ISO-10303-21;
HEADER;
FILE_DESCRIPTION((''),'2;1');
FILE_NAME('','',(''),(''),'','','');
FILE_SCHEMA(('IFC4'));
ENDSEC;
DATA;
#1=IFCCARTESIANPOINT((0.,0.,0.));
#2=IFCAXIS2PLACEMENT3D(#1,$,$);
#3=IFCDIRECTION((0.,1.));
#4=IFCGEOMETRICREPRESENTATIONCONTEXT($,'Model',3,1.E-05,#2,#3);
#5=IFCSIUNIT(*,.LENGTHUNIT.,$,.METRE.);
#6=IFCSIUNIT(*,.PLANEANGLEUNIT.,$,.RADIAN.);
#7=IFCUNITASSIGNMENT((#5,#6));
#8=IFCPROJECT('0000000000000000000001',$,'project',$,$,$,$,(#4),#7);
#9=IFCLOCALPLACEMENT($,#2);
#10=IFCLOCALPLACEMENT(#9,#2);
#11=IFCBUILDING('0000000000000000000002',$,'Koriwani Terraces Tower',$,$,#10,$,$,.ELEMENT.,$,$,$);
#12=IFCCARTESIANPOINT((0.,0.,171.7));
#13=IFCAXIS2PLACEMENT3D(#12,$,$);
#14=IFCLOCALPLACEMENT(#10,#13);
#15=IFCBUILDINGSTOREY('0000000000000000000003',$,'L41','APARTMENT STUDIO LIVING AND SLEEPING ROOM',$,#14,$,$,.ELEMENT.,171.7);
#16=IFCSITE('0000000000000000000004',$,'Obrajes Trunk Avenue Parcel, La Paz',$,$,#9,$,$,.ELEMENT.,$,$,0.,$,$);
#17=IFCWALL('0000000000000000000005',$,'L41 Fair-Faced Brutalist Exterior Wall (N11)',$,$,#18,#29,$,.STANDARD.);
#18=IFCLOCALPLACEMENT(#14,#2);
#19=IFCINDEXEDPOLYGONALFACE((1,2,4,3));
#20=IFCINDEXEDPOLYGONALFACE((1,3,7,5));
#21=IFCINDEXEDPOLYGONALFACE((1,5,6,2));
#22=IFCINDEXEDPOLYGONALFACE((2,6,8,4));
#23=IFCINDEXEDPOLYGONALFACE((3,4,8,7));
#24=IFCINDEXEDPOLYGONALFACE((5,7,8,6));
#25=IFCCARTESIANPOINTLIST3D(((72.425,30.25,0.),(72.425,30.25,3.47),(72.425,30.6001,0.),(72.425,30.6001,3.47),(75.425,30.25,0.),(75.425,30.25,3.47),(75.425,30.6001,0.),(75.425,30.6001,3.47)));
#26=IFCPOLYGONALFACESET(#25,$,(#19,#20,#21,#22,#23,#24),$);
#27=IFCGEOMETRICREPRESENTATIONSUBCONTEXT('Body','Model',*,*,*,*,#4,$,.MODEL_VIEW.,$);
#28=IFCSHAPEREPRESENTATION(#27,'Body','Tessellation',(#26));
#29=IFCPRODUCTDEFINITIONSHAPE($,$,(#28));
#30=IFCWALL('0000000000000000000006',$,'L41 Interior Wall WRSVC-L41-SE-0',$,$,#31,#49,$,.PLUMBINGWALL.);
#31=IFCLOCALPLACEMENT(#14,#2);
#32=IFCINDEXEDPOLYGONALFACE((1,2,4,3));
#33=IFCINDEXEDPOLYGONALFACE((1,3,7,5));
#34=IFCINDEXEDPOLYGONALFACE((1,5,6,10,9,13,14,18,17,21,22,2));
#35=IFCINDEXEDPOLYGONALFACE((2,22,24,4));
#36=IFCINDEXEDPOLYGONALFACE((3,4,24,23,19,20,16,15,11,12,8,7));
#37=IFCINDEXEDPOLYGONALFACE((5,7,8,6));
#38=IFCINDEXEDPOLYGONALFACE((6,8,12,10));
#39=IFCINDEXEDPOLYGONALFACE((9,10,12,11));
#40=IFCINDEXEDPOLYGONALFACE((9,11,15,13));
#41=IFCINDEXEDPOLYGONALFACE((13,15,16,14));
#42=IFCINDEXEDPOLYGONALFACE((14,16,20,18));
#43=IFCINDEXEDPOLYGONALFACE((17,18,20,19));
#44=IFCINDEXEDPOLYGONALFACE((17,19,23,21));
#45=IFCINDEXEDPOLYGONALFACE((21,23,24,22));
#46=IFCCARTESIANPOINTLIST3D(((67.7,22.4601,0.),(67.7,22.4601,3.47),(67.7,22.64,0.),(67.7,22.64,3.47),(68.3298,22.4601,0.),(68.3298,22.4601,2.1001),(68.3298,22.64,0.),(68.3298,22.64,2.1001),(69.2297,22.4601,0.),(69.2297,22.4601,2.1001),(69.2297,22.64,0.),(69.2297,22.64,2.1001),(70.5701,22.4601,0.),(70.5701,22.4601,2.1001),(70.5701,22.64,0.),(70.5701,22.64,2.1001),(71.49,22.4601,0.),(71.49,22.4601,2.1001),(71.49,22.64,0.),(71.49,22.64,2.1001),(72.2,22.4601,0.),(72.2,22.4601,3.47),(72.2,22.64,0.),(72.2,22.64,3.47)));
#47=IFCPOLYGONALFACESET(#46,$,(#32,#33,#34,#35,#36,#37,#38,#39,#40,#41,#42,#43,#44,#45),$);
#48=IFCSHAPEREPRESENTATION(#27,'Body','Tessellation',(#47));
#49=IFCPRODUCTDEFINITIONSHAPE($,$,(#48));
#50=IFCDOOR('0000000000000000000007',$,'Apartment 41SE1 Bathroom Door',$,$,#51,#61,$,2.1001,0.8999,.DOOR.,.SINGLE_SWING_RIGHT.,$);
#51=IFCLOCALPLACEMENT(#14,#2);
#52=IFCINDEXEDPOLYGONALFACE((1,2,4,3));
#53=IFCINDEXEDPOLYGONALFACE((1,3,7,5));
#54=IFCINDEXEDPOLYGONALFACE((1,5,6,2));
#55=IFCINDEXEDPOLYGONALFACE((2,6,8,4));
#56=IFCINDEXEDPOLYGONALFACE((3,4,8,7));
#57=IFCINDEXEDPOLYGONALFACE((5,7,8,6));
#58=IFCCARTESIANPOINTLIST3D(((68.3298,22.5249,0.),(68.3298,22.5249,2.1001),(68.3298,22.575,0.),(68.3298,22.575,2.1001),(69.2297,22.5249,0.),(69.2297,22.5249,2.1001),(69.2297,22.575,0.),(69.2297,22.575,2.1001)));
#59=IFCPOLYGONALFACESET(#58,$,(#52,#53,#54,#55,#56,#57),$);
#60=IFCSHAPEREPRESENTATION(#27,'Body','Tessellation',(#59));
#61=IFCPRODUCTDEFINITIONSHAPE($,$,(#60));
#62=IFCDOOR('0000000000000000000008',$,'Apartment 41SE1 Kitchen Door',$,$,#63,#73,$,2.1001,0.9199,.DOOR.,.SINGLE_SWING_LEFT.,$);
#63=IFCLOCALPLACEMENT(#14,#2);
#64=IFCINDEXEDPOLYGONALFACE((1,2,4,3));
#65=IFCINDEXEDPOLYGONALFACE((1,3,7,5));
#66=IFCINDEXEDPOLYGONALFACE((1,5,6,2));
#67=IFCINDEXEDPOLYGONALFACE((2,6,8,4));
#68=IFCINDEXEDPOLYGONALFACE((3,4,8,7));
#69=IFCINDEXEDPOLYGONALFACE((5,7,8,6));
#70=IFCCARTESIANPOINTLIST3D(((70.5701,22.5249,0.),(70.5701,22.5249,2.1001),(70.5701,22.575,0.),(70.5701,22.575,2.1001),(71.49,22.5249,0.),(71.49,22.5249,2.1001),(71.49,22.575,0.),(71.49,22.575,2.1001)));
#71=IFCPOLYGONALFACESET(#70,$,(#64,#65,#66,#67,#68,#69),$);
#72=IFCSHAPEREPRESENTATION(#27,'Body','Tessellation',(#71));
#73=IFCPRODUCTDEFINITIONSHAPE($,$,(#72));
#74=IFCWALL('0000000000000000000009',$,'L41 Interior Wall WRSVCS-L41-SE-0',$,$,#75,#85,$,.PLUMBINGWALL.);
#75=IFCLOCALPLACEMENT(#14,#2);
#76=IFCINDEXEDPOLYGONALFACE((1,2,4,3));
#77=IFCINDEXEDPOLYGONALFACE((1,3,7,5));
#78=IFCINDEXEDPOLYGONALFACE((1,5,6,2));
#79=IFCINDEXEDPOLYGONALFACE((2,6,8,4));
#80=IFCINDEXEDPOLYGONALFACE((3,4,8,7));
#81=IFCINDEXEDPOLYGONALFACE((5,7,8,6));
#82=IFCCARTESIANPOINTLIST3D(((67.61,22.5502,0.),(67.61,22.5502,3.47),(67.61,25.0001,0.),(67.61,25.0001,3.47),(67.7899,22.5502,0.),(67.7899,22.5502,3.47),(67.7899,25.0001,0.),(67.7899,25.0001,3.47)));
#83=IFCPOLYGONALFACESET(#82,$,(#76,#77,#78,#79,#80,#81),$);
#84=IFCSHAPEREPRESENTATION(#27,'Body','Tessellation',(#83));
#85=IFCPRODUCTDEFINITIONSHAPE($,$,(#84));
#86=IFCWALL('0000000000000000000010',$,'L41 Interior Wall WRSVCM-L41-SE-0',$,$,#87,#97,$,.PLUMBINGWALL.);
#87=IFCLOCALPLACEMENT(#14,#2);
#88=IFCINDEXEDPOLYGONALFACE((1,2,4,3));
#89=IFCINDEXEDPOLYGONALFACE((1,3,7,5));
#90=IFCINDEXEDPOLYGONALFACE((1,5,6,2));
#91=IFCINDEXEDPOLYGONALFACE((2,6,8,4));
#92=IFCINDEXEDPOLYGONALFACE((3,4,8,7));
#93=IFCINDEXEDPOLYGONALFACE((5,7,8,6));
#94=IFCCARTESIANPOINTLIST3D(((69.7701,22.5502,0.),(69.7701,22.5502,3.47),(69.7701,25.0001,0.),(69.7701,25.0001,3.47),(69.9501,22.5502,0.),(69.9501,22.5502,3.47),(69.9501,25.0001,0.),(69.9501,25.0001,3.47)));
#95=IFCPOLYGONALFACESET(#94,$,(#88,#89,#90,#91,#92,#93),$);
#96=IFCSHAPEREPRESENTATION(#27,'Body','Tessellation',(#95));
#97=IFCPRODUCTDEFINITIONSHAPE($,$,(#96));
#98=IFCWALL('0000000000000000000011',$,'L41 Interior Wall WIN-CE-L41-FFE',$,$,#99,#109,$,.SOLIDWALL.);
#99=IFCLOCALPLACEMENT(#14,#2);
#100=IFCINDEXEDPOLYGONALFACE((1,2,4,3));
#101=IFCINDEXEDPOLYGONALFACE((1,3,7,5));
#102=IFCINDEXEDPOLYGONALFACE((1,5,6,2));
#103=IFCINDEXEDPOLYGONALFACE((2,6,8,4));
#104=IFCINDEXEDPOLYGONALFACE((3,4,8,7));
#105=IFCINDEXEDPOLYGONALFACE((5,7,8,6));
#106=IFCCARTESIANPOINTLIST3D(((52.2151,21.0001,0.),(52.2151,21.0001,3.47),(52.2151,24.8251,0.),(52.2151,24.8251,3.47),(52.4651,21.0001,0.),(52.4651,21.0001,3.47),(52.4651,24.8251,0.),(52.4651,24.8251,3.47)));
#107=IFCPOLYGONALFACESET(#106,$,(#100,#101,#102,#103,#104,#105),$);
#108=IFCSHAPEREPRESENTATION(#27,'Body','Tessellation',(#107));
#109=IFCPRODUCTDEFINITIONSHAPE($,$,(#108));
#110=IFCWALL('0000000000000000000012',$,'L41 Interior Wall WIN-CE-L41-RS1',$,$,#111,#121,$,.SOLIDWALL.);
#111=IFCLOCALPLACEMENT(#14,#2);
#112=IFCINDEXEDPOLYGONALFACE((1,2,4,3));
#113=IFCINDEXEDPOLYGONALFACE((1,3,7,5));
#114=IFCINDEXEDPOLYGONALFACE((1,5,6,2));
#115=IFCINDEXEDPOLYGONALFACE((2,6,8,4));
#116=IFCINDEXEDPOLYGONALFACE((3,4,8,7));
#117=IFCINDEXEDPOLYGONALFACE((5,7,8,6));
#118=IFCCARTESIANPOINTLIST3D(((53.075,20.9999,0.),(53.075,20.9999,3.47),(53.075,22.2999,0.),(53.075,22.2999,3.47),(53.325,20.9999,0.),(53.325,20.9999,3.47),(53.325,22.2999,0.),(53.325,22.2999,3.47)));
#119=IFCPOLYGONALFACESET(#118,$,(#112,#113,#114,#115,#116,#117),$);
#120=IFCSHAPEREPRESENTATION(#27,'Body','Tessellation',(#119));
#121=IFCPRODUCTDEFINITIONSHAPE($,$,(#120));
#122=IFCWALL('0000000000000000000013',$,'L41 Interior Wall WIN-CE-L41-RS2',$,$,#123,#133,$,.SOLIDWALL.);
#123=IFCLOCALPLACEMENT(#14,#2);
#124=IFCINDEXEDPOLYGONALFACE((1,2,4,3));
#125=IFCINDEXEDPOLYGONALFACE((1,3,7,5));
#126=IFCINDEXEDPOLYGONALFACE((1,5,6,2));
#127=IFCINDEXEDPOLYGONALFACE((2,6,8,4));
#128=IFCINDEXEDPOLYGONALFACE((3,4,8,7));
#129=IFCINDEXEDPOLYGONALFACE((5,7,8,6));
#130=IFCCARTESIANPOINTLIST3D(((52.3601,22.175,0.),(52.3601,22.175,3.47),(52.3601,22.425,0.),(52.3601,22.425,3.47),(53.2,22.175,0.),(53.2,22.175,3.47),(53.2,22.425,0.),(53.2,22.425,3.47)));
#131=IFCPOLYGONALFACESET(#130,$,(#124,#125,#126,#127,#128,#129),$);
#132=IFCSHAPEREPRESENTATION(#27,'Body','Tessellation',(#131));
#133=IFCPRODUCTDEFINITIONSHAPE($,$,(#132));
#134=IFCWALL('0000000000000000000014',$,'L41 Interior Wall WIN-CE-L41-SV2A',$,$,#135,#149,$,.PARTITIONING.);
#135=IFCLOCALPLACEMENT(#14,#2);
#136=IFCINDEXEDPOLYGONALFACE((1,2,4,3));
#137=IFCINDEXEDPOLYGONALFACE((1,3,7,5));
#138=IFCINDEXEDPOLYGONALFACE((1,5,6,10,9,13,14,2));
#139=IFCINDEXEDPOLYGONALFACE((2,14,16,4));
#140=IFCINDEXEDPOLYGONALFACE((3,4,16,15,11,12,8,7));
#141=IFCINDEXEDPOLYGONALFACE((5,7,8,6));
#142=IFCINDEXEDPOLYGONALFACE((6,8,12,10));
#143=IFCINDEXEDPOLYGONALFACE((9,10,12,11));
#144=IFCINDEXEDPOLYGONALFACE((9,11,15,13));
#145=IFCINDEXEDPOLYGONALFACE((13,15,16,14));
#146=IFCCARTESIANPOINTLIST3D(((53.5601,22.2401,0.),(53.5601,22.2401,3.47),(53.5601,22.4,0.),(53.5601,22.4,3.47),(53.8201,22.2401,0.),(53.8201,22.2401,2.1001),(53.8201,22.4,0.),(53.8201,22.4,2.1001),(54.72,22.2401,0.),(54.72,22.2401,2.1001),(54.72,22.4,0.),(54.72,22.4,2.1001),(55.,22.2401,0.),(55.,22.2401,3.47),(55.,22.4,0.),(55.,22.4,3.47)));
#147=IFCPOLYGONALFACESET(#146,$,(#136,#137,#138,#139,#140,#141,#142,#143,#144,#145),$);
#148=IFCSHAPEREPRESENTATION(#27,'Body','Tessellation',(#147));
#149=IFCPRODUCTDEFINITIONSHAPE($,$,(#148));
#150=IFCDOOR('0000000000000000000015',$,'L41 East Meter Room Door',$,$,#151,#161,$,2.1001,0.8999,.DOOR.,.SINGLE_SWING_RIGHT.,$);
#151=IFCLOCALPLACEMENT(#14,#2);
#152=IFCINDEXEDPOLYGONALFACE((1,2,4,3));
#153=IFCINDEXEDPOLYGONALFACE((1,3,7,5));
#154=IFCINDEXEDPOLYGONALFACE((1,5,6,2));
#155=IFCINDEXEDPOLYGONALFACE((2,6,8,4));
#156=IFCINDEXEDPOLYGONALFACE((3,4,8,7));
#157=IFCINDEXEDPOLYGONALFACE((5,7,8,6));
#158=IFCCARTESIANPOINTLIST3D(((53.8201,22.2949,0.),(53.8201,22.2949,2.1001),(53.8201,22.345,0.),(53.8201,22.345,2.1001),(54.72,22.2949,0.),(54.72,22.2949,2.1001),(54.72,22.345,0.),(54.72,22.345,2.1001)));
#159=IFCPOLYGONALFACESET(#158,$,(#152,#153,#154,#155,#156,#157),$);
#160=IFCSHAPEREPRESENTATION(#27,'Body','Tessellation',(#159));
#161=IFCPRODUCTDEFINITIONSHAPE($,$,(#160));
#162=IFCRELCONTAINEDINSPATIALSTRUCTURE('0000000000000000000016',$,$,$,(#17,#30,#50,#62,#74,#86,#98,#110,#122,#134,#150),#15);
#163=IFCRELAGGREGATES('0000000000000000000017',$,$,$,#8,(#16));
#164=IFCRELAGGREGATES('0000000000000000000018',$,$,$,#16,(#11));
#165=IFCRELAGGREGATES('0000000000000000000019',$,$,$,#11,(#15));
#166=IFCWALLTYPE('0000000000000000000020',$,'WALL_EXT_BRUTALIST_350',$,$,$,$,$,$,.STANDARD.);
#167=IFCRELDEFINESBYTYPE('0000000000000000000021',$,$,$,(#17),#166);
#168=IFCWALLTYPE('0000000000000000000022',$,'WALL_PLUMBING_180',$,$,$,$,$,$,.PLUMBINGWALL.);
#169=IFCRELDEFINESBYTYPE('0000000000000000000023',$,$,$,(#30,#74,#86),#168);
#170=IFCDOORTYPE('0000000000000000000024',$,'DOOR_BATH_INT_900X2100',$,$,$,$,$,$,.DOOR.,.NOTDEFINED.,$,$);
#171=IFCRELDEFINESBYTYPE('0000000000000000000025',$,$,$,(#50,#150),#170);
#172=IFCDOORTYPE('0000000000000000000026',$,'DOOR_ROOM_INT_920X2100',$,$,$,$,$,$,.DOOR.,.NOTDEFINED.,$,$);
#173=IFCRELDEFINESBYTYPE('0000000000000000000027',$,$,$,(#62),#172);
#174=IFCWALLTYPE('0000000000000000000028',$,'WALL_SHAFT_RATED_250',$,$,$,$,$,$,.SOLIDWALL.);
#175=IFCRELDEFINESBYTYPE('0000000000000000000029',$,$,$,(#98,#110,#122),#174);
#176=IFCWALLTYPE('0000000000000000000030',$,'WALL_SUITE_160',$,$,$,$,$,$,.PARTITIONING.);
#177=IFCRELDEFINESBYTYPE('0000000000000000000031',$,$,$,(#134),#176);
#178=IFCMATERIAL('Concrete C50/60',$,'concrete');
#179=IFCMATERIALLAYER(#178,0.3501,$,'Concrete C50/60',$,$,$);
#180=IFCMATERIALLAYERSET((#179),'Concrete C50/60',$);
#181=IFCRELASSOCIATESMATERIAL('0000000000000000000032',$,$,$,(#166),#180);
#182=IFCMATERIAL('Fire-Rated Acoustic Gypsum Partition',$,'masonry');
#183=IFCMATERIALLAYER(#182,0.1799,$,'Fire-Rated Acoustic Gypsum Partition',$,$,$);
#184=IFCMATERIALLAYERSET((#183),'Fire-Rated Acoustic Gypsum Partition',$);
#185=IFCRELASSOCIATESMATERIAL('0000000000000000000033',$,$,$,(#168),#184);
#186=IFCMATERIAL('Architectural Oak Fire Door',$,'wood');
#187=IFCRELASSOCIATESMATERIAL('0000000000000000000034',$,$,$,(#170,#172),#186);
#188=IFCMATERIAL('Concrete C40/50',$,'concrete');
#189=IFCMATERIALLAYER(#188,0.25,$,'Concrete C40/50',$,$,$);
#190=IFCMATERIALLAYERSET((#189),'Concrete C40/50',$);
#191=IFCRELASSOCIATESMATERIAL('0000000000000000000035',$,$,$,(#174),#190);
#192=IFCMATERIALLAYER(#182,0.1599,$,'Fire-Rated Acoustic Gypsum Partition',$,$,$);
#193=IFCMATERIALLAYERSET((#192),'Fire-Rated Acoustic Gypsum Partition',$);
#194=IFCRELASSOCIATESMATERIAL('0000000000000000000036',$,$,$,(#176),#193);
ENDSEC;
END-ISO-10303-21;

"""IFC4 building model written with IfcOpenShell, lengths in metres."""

from ifc_helpers import new_model, si_unit, direction, frame, frame_2d, origin, place, context, subcontext, project, spatial, rectangle, extrude, material, layer, layer_set, type_object, element, fill, save


model = new_model("IFC4")

# Units and contexts
model_context = context("Model", 3, precision=1e-05, world=origin(), true_north=direction((0.0, 1.0)))
body_context = subcontext(model_context, "Body", "Model", "MODEL_VIEW")
ifc_project = project(units=[si_unit("LENGTHUNIT", "METRE"), si_unit("PLANEANGLEUNIT", "RADIAN")], contexts=[model_context])

# Site, building, storey
site_placement = place(None, origin())
site = spatial("IfcSite", under=ifc_project, at=site_placement, Name="Obrajes Trunk Avenue Parcel, La Paz", CompositionType="ELEMENT", RefElevation=0.0)
building_placement = place(site_placement, origin())
building = spatial("IfcBuilding", under=site, at=building_placement, Name="Koriwani Terraces Tower", CompositionType="ELEMENT")
storey_placement = place(building_placement, frame((0.0, 0.0, 171.7)))
storey = spatial("IfcBuildingStorey", under=building, at=storey_placement, Name="L41", Description="APARTMENT STUDIO LIVING AND SLEEPING ROOM", CompositionType="ELEMENT", Elevation=171.7)

# Shared definitions
ifc_material_1 = material(Name="Concrete C50/60", Category="concrete")

# Shared definitions
ifc_material_2 = material(Name="Architectural Oak Fire Door", Category="wood")

# Wall
ifc_layer_1 = layer(ifc_material_1, 0.3501, Name="Concrete C50/60")
ifc_layer_set_1 = layer_set([ifc_layer_1], Name="Concrete C50/60")
wall_type_1 = type_object("IfcWallType", Name="WALL_EXT_BRUTALIST_350", PredefinedType="STANDARD", material=ifc_layer_set_1)
wall_1_placement = place(storey_placement, frame((72.425, 30.425, 0.0), z_axis=(0.0, 0.0, 1.0), x_axis=(1.0, 0.0, 0.0)))
element("IfcWall", 1, at=wall_1_placement, inside=storey, type_object=wall_type_1, Name="L41 Fair-Faced Brutalist Exterior Wall (N11)", PredefinedType="STANDARD", context=body_context, shape_type="SweptSolid", body=[
    extrude(rectangle(XDim=3.0, YDim=0.3501, at=frame_2d((1.5, 0.0))), origin(), (0.0, 0.0, 1.0), 3.47),
])

# Wall, openings, doors
ifc_material_3 = material(Name="Fire-Rated Acoustic Gypsum Partition", Category="masonry")
ifc_layer_2 = layer(ifc_material_3, 0.1799, Name="Fire-Rated Acoustic Gypsum Partition")
ifc_layer_set_2 = layer_set([ifc_layer_2], Name="Fire-Rated Acoustic Gypsum Partition")
wall_type_2 = type_object("IfcWallType", Name="WALL_PLUMBING_180", PredefinedType="PLUMBINGWALL", material=ifc_layer_set_2)
wall_2_placement = place(storey_placement, frame((67.7, 22.55, 0.0), z_axis=(0.0, 0.0, 1.0), x_axis=(1.0, 0.0, 0.0)))
wall_2 = element("IfcWall", 2, at=wall_2_placement, inside=storey, type_object=wall_type_2, Name="L41 Interior Wall WRSVC-L41-SE-0", PredefinedType="PLUMBINGWALL", context=body_context, shape_type="SweptSolid", body=[
    extrude(rectangle(XDim=4.5, YDim=0.1799, at=frame_2d((2.25, 0.0))), origin(), (0.0, 0.0, 1.0), 3.47),
])
opening_1_placement = place(wall_2_placement, frame((0.6299, 0.0, 0.0)))
opening_1 = element("IfcOpeningElement", 3, at=opening_1_placement, cuts=wall_2, PredefinedType="OPENING", context=body_context, shape_type="SweptSolid", body=[
    extrude(rectangle(XDim=0.8999, YDim=2.1001, at=frame_2d((0.45, 1.05))), frame((0.0, 0.1001, 0.0), z_axis=(0.0, -1.0, 0.0), x_axis=(1.0, 0.0, 0.0)), (0.0, 0.0, 1.0), 0.2),
])
opening_2_placement = place(wall_2_placement, frame((2.8701, 0.0, 0.0)))
opening_2 = element("IfcOpeningElement", 4, at=opening_2_placement, cuts=wall_2, PredefinedType="OPENING", context=body_context, shape_type="SweptSolid", body=[
    extrude(rectangle(XDim=0.9199, YDim=2.1001, at=frame_2d((0.46, 1.05))), frame((0.0, 0.1001, 0.0), z_axis=(0.0, -1.0, 0.0), x_axis=(1.0, 0.0, 0.0)), (0.0, 0.0, 1.0), 0.2),
])
door_type_1 = type_object("IfcDoorType", Name="DOOR_BATH_INT_900X2100", OperationType="NOTDEFINED", PredefinedType="DOOR", material=ifc_material_2)
door_1_placement = place(opening_1_placement, origin())
door_1 = element("IfcDoor", 5, at=door_1_placement, inside=storey, type_object=door_type_1, Name="Apartment 41SE1 Bathroom Door", OperationType="SINGLE_SWING_RIGHT", OverallHeight=2.1001, OverallWidth=0.8999, PredefinedType="DOOR", context=body_context, shape_type="SweptSolid", body=[
    extrude(rectangle(XDim=0.8999, YDim=2.1001, at=frame_2d((0.45, 1.05))), frame((0.0, 0.0249, 0.0), z_axis=(0.0, -1.0, 0.0), x_axis=(1.0, 0.0, 0.0)), (0.0, 0.0, 1.0), 0.05),
])
fill(opening_1, door_1)
door_type_2 = type_object("IfcDoorType", Name="DOOR_ROOM_INT_920X2100", OperationType="NOTDEFINED", PredefinedType="DOOR", material=ifc_material_2)
door_2_placement = place(opening_2_placement, origin())
door_2 = element("IfcDoor", 6, at=door_2_placement, inside=storey, type_object=door_type_2, Name="Apartment 41SE1 Kitchen Door", OperationType="SINGLE_SWING_LEFT", OverallHeight=2.1001, OverallWidth=0.9199, PredefinedType="DOOR", context=body_context, shape_type="SweptSolid", body=[
    extrude(rectangle(XDim=0.9199, YDim=2.1001, at=frame_2d((0.46, 1.05))), frame((0.0, 0.0249, 0.0), z_axis=(0.0, -1.0, 0.0), x_axis=(1.0, 0.0, 0.0)), (0.0, 0.0, 1.0), 0.05),
])
fill(opening_2, door_2)

# Walls
for number, where, z_axis, x_axis, name in (
    (7, (67.7, 22.55, 0.0), (0.0, 0.0, 1.0), (0.0, 1.0, 0.0), "L41 Interior Wall WRSVCS-L41-SE-0"),
    (8, (69.8601, 22.55, 0.0), (0.0, 0.0, 1.0), (0.0, 1.0, 0.0), "L41 Interior Wall WRSVCM-L41-SE-0"),
):
    element("IfcWall", number, at=place(storey_placement, frame(where, z_axis=z_axis, x_axis=x_axis)), inside=storey, type_object=wall_type_2, Name=name, PredefinedType="PLUMBINGWALL", context=body_context, shape_type="SweptSolid", body=[
        extrude(rectangle(XDim=2.45, YDim=0.1799, at=frame_2d((1.2251, 0.0))), origin(), (0.0, 0.0, 1.0), 3.47),
    ])
ifc_material_4 = material(Name="Concrete C40/50", Category="concrete")
ifc_layer_3 = layer(ifc_material_4, 0.25, Name="Concrete C40/50")
ifc_layer_set_3 = layer_set([ifc_layer_3], Name="Concrete C40/50")
wall_type_3 = type_object("IfcWallType", Name="WALL_SHAFT_RATED_250", PredefinedType="SOLIDWALL", material=ifc_layer_set_3)
wall_3_placement = place(storey_placement, frame((52.3401, 21.0, 0.0), z_axis=(0.0, 0.0, 1.0), x_axis=(0.0, 1.0, 0.0)))
element("IfcWall", 9, at=wall_3_placement, inside=storey, type_object=wall_type_3, Name="L41 Interior Wall WIN-CE-L41-FFE", PredefinedType="SOLIDWALL", context=body_context, shape_type="SweptSolid", body=[
    extrude(rectangle(XDim=3.825, YDim=0.25, at=frame_2d((1.9126, 0.0))), origin(), (0.0, 0.0, 1.0), 3.47),
])

# Walls
wall_4_placement = place(storey_placement, frame((53.2, 21.0, 0.0), z_axis=(0.0, 0.0, 1.0), x_axis=(0.0, 1.0, 0.0)))
element("IfcWall", 10, at=wall_4_placement, inside=storey, type_object=wall_type_3, Name="L41 Interior Wall WIN-CE-L41-RS1", PredefinedType="SOLIDWALL", context=body_context, shape_type="SweptSolid", body=[
    extrude(rectangle(XDim=1.3, YDim=0.25, at=frame_2d((0.6499, 0.0))), origin(), (0.0, 0.0, 1.0), 3.47),
])
wall_5_placement = place(storey_placement, frame((52.3601, 22.3, 0.0), z_axis=(0.0, 0.0, 1.0), x_axis=(1.0, 0.0, 0.0)))
element("IfcWall", 11, at=wall_5_placement, inside=storey, type_object=wall_type_3, Name="L41 Interior Wall WIN-CE-L41-RS2", PredefinedType="SOLIDWALL", context=body_context, shape_type="SweptSolid", body=[
    extrude(rectangle(XDim=0.8398, YDim=0.25, at=frame_2d((0.4199, 0.0))), origin(), (0.0, 0.0, 1.0), 3.47),
])

# Wall, opening, door
ifc_layer_4 = layer(ifc_material_3, 0.1599, Name="Fire-Rated Acoustic Gypsum Partition")
ifc_layer_set_4 = layer_set([ifc_layer_4], Name="Fire-Rated Acoustic Gypsum Partition")
wall_type_4 = type_object("IfcWallType", Name="WALL_SUITE_160", PredefinedType="PARTITIONING", material=ifc_layer_set_4)
wall_6_placement = place(storey_placement, frame((53.5601, 22.3201, 0.0), z_axis=(0.0, 0.0, 1.0), x_axis=(1.0, 0.0, 0.0)))
wall_6 = element("IfcWall", 12, at=wall_6_placement, inside=storey, type_object=wall_type_4, Name="L41 Interior Wall WIN-CE-L41-SV2A", PredefinedType="PARTITIONING", context=body_context, shape_type="SweptSolid", body=[
    extrude(rectangle(XDim=1.4399, YDim=0.1599, at=frame_2d((0.72, 0.0))), origin(), (0.0, 0.0, 1.0), 3.47),
])
opening_3_placement = place(wall_6_placement, frame((0.26, 0.0, 0.0)))
opening_3 = element("IfcOpeningElement", 13, at=opening_3_placement, cuts=wall_6, PredefinedType="OPENING", context=body_context, shape_type="SweptSolid", body=[
    extrude(rectangle(XDim=0.8999, YDim=2.1001, at=frame_2d((0.45, 1.05))), frame((0.0, 0.0898, 0.0), z_axis=(0.0, -1.0, 0.0), x_axis=(1.0, 0.0, 0.0)), (0.0, 0.0, 1.0), 0.1799),
])
door_3_placement = place(opening_3_placement, origin())
door_3 = element("IfcDoor", 14, at=door_3_placement, inside=storey, type_object=door_type_1, Name="L41 East Meter Room Door", OperationType="SINGLE_SWING_RIGHT", OverallHeight=2.1001, OverallWidth=0.8999, PredefinedType="DOOR", context=body_context, shape_type="SweptSolid", body=[
    extrude(rectangle(XDim=0.8999, YDim=2.1001, at=frame_2d((0.45, 1.05))), frame((0.0, 0.0249, 0.0), z_axis=(0.0, -1.0, 0.0), x_axis=(1.0, 0.0, 0.0)), (0.0, 0.0, 1.0), 0.05),
])
fill(opening_3, door_3)

save(model, "model.ifc")
